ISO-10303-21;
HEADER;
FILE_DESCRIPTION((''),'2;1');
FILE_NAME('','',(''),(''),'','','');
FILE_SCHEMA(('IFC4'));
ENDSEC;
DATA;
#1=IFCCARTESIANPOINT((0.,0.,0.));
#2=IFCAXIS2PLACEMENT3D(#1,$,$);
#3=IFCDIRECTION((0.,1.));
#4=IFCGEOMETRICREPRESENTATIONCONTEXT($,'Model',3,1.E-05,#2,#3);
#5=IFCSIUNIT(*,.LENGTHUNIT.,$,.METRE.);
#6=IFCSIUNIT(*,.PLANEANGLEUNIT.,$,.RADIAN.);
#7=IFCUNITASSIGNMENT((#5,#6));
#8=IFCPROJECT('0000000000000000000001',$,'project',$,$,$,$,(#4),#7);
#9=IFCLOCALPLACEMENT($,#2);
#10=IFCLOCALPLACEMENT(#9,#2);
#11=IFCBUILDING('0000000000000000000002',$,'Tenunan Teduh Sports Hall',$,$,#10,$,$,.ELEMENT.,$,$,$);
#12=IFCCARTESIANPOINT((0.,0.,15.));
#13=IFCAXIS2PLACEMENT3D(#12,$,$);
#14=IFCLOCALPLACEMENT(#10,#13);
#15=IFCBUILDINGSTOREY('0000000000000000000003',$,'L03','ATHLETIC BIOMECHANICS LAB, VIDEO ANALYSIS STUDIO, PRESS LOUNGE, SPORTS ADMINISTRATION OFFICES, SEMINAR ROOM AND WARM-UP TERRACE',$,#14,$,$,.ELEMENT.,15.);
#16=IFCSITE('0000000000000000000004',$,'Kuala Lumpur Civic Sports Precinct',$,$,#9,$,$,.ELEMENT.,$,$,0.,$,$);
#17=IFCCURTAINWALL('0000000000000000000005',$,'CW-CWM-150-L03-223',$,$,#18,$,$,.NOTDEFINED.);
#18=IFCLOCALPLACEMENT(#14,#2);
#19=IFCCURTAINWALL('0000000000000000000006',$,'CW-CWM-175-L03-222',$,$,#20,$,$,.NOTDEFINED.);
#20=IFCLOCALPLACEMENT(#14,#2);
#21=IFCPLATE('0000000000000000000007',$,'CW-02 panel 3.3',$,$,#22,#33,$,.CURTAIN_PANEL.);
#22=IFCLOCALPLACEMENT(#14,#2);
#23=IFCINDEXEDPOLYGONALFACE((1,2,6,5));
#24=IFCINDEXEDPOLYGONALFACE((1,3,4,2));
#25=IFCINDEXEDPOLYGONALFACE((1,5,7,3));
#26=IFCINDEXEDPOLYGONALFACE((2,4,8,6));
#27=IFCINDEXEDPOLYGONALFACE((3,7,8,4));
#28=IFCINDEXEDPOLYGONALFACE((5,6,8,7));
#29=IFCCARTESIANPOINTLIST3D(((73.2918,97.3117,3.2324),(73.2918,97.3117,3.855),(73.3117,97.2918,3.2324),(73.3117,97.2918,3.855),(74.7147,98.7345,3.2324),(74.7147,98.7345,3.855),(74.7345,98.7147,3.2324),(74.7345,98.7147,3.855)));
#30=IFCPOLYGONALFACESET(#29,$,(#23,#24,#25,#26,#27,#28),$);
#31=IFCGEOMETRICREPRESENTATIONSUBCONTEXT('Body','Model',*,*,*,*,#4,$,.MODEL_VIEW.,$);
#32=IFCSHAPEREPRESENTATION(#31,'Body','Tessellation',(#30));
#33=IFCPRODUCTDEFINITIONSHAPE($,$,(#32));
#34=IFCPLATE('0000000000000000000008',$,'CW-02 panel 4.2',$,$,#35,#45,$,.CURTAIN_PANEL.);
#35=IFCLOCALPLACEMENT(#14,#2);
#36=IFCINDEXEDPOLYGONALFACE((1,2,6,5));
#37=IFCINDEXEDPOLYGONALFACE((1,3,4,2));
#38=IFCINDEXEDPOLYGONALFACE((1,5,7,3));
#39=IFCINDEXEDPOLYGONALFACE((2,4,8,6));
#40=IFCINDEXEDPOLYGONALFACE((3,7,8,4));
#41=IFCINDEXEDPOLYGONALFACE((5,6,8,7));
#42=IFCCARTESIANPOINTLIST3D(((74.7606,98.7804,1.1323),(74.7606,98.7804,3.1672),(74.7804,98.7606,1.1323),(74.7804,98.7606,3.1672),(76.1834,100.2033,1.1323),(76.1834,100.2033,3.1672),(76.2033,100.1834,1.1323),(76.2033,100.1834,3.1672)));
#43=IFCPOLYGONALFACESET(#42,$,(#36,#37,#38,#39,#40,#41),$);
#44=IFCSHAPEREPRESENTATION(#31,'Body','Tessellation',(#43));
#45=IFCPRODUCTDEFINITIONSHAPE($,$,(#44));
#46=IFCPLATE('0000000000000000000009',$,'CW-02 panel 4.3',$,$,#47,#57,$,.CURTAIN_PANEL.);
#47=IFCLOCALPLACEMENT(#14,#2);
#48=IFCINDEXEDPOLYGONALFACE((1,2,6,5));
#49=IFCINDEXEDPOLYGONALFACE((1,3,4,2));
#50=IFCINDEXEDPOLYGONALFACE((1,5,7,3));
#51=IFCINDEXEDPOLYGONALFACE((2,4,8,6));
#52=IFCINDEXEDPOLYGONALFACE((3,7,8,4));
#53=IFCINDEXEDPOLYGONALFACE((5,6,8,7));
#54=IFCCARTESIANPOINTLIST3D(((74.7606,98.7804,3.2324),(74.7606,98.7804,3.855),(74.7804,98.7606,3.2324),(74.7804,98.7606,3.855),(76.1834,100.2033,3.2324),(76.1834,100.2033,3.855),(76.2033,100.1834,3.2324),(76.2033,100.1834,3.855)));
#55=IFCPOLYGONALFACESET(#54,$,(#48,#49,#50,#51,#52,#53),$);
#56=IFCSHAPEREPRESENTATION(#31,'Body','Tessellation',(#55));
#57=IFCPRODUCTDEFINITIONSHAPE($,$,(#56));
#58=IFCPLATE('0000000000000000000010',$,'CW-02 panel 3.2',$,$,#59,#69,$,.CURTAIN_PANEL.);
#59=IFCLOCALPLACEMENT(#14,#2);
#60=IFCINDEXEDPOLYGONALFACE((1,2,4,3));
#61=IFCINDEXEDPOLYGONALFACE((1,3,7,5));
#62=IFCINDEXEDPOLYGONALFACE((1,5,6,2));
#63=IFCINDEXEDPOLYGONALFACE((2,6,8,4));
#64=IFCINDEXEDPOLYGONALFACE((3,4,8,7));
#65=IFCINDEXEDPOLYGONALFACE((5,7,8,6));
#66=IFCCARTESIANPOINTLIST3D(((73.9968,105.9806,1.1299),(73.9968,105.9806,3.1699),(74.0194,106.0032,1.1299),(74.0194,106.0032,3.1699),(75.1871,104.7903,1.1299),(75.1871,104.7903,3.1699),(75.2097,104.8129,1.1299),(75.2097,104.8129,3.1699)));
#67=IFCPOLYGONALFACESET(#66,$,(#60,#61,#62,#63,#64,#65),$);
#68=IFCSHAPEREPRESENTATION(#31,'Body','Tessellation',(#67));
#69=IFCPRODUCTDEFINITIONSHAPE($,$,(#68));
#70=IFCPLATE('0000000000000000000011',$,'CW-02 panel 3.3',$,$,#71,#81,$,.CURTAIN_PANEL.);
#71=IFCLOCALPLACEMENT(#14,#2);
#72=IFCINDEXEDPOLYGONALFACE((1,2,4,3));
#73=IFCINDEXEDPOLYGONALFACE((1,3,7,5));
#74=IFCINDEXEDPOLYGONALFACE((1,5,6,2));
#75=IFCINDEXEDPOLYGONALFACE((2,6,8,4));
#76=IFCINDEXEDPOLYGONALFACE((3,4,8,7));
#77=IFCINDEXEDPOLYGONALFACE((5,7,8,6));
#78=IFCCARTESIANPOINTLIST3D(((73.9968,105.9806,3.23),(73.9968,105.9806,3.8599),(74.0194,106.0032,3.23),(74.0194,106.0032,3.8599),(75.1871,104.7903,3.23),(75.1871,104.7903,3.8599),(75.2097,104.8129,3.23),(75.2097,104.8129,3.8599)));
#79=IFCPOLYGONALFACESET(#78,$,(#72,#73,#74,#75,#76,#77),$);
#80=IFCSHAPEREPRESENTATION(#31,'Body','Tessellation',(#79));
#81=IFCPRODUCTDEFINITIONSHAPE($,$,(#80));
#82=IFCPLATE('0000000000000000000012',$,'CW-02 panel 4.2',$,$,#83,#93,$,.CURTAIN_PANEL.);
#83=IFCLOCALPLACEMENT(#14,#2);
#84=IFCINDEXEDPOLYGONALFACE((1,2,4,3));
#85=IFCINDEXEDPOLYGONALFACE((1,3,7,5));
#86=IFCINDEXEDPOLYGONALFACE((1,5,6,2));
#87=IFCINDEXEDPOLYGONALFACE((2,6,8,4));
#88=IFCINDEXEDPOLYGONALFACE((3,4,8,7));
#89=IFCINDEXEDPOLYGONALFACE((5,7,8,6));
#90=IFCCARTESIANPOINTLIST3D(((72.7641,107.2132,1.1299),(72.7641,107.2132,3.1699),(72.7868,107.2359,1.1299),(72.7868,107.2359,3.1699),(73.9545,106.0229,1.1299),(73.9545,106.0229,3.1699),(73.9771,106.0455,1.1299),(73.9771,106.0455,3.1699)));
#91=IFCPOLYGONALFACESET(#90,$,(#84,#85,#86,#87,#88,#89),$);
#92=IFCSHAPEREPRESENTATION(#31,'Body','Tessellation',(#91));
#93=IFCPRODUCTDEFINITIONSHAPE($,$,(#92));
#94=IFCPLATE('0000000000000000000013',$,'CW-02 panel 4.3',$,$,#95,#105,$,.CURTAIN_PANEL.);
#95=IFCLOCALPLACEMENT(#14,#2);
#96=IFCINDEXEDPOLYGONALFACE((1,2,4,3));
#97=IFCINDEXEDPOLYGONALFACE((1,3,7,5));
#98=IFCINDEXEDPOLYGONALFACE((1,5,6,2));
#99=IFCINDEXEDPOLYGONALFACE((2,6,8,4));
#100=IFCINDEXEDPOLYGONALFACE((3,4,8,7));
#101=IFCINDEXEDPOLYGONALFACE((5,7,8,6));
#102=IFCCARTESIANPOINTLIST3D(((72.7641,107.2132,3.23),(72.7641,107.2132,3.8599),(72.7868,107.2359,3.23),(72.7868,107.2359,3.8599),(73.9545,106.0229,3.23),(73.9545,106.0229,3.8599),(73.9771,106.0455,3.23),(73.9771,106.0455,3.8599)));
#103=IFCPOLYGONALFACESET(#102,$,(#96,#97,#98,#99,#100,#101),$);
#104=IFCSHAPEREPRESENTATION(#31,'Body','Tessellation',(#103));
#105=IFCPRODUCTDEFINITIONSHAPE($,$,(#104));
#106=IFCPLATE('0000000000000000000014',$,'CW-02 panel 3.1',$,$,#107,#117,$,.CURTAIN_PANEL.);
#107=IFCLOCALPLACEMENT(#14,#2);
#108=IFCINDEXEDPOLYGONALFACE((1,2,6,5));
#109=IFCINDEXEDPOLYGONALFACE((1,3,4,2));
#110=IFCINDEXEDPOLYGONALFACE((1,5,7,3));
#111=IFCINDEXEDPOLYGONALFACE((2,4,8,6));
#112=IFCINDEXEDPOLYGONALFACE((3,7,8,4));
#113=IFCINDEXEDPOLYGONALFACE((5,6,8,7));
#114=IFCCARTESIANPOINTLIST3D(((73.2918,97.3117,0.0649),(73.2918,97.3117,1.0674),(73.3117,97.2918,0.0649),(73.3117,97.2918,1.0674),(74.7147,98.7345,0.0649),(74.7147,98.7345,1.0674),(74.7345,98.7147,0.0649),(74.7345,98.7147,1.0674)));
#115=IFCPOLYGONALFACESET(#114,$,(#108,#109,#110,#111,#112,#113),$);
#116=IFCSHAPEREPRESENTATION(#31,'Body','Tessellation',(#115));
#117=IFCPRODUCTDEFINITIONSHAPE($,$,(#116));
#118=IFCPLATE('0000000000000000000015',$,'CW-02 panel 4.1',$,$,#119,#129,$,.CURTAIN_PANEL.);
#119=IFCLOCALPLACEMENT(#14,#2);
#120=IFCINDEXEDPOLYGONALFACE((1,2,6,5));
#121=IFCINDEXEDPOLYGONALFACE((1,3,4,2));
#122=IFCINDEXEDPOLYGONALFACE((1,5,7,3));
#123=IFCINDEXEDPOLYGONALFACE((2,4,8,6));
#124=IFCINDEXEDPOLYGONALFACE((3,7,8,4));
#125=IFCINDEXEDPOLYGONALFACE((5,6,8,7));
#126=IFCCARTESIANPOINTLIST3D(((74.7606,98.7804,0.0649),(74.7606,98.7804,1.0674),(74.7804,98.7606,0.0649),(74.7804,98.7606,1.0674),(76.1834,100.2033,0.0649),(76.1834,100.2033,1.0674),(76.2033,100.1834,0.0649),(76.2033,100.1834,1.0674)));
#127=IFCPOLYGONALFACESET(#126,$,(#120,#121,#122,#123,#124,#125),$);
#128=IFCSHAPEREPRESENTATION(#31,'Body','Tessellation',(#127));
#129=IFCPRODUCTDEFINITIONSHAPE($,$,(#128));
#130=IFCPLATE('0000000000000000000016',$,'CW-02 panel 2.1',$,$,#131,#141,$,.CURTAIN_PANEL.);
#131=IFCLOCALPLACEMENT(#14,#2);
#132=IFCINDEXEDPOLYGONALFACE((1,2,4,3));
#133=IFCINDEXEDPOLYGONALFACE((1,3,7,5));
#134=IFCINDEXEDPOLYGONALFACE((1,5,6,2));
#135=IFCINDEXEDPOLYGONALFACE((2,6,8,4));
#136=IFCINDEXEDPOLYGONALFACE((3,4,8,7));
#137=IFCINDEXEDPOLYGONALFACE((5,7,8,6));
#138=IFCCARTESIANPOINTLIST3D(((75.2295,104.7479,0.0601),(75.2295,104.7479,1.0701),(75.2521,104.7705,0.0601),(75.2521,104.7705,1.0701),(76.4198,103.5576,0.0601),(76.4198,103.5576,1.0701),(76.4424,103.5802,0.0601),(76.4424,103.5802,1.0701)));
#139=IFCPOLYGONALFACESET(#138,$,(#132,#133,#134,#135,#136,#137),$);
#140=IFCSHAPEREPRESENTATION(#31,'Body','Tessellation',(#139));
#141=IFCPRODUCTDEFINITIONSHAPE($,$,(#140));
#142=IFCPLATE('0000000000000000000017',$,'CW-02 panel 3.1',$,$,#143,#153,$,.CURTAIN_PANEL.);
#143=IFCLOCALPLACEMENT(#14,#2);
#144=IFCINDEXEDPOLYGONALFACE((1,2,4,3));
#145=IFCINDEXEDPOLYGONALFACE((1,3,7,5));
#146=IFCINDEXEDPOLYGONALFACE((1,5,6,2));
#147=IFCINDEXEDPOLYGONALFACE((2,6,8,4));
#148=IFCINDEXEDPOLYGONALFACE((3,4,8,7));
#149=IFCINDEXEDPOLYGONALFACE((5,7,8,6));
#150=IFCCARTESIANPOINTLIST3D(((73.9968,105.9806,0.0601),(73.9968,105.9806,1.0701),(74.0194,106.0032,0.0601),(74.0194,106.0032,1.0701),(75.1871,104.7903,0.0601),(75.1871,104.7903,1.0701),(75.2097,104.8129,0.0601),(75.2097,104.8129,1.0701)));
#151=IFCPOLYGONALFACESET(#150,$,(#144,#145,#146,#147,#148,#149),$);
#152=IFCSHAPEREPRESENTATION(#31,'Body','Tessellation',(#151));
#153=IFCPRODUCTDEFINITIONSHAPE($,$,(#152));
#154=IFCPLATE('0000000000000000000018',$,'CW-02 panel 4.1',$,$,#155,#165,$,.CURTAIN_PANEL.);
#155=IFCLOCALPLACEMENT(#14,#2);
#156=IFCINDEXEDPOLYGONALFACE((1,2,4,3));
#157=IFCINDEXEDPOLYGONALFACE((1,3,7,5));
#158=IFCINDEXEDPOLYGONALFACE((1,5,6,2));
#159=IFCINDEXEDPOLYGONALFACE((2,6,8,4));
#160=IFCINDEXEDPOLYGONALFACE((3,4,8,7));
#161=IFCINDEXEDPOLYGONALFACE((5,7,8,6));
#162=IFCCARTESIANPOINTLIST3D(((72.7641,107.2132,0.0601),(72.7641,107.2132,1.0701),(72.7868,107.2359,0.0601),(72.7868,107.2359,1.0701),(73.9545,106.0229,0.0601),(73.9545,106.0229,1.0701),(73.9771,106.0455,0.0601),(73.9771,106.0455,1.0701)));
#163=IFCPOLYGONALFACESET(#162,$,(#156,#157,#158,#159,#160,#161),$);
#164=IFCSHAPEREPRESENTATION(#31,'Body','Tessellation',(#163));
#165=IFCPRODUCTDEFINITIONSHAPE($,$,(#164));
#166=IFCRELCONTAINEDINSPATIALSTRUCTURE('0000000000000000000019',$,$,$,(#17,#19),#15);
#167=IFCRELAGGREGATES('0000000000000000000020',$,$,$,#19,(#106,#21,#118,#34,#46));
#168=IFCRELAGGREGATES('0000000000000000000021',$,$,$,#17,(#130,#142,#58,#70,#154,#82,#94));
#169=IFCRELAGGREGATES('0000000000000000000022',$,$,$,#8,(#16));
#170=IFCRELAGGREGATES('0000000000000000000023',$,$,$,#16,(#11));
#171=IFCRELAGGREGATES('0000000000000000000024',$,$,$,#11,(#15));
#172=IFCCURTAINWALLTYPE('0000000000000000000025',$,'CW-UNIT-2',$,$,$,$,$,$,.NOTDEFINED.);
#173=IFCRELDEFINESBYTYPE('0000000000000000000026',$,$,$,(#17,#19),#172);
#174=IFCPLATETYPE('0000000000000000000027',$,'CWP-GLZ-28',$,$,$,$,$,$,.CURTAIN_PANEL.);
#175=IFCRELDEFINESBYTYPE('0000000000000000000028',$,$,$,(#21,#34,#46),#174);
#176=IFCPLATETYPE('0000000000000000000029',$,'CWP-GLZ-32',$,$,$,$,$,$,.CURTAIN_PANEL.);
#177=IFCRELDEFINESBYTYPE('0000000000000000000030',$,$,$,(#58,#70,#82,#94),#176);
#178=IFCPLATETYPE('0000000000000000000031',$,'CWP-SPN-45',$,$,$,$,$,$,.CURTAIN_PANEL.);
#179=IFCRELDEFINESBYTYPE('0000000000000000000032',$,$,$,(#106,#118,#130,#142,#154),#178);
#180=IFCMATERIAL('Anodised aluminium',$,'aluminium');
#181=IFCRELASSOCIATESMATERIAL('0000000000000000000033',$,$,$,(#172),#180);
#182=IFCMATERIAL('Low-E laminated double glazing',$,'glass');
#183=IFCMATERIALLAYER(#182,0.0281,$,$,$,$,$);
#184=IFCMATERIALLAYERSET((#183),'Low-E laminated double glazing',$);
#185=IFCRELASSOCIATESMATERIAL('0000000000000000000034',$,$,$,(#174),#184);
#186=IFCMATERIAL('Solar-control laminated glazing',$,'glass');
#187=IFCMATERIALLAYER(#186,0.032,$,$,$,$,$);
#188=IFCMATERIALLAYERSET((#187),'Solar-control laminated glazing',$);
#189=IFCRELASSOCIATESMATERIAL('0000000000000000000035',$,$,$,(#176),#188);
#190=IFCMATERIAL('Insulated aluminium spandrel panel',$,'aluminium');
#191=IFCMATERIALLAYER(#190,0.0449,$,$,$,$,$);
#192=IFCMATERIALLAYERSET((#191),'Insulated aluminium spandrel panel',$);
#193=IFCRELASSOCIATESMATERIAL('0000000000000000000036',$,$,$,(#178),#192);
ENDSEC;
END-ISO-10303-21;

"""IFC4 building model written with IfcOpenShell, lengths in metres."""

from ifc_helpers import new_model, si_unit, direction, frame, origin, origin_2d, place, context, subcontext, project, spatial, rectangle, extrude, material, layer, layer_set, type_object, element, aggregate, save


model = new_model("IFC4")

# Units and contexts
model_context = context("Model", 3, precision=1e-05, world=origin(), true_north=direction((0.0, 1.0)))
body_context = subcontext(model_context, "Body", "Model", "MODEL_VIEW")
ifc_project = project(units=[si_unit("LENGTHUNIT", "METRE"), si_unit("PLANEANGLEUNIT", "RADIAN")], contexts=[model_context])

# Site, building, storey
site_placement = place(None, origin())
site = spatial("IfcSite", under=ifc_project, at=site_placement, Name="Kuala Lumpur Civic Sports Precinct", CompositionType="ELEMENT", RefElevation=0.0)
building_placement = place(site_placement, origin())
building = spatial("IfcBuilding", under=site, at=building_placement, Name="Tenunan Teduh Sports Hall", CompositionType="ELEMENT")
storey_placement = place(building_placement, frame((0.0, 0.0, 15.0)))
storey = spatial("IfcBuildingStorey", under=building, at=storey_placement, Name="L03", Description="ATHLETIC BIOMECHANICS LAB, VIDEO ANALYSIS STUDIO, PRESS LOUNGE, SPORTS ADMINISTRATION OFFICES, SEMINAR ROOM AND WARM-UP TERRACE", CompositionType="ELEMENT", Elevation=15.0)

# Curtain walls
ifc_material_1 = material(Name="Anodised aluminium", Category="aluminium")
curtain_wall_type = type_object("IfcCurtainWallType", Name="CW-UNIT-2", PredefinedType="NOTDEFINED", material=ifc_material_1)
curtain_wall_1_placement = place(storey_placement, origin())
curtain_wall_1 = element("IfcCurtainWall", 1, at=curtain_wall_1_placement, inside=storey, type_object=curtain_wall_type, Name="CW-CWM-150-L03-223", PredefinedType="NOTDEFINED")
curtain_wall_2_placement = place(storey_placement, origin())
curtain_wall_2 = element("IfcCurtainWall", 2, at=curtain_wall_2_placement, inside=storey, type_object=curtain_wall_type, Name="CW-CWM-175-L03-222", PredefinedType="NOTDEFINED")

# Plates
ifc_material_2 = material(Name="Low-E laminated double glazing", Category="glass")
ifc_layer_1 = layer(ifc_material_2, 0.0281)
ifc_layer_set_1 = layer_set([ifc_layer_1], Name="Low-E laminated double glazing")
plate_type_1 = type_object("IfcPlateType", Name="CWP-GLZ-28", PredefinedType="CURTAIN_PANEL", material=ifc_layer_set_1)
plate_1_placement = place(storey_placement, frame((74.0132, 98.0132, 3.2324), z_axis=(0.0, 0.0, 1.0), x_axis=(0.707107, 0.707107, 0.0)))
plate_1 = element("IfcPlate", 3, at=plate_1_placement, type_object=plate_type_1, Name="CW-02 panel 3.3", PredefinedType="CURTAIN_PANEL", context=body_context, shape_type="SweptSolid", body=[
    extrude(rectangle(XDim=2.0122, YDim=0.0281, at=origin_2d()), origin(), (0.0, 0.0, 1.0), 0.6226),
])
plate_2_placement = place(storey_placement, frame((75.4819, 99.4819, 1.1323), z_axis=(0.0, 0.0, 1.0), x_axis=(0.707107, 0.707107, 0.0)))
plate_2 = element("IfcPlate", 4, at=plate_2_placement, type_object=plate_type_1, Name="CW-02 panel 4.2", PredefinedType="CURTAIN_PANEL", context=body_context, shape_type="SweptSolid", body=[
    extrude(rectangle(XDim=2.0122, YDim=0.0281, at=origin_2d()), origin(), (0.0, 0.0, 1.0), 2.0349),
])
plate_3_placement = place(storey_placement, frame((75.4819, 99.4819, 3.2324), z_axis=(0.0, 0.0, 1.0), x_axis=(0.707107, 0.707107, 0.0)))
plate_3 = element("IfcPlate", 5, at=plate_3_placement, type_object=plate_type_1, Name="CW-02 panel 4.3", PredefinedType="CURTAIN_PANEL", context=body_context, shape_type="SweptSolid", body=[
    extrude(rectangle(XDim=2.0122, YDim=0.0281, at=origin_2d()), origin(), (0.0, 0.0, 1.0), 0.6226),
])
ifc_material_3 = material(Name="Solar-control laminated glazing", Category="glass")
ifc_layer_2 = layer(ifc_material_3, 0.032)
ifc_layer_set_2 = layer_set([ifc_layer_2], Name="Solar-control laminated glazing")
plate_type_2 = type_object("IfcPlateType", Name="CWP-GLZ-32", PredefinedType="CURTAIN_PANEL", material=ifc_layer_set_2)
plate_4_placement = place(storey_placement, frame((74.6033, 105.3967, 1.1299), z_axis=(0.0, 0.0, 1.0), x_axis=(-0.707107, 0.707107, 0.0)))
plate_4 = element("IfcPlate", 6, at=plate_4_placement, type_object=plate_type_2, Name="CW-02 panel 3.2", PredefinedType="CURTAIN_PANEL", context=body_context, shape_type="SweptSolid", body=[
    extrude(rectangle(XDim=1.6833, YDim=0.032, at=origin_2d()), origin(), (0.0, 0.0, 1.0), 2.04),
])
plate_5_placement = place(storey_placement, frame((74.6033, 105.3967, 3.23), z_axis=(0.0, 0.0, 1.0), x_axis=(-0.707107, 0.707107, 0.0)))
plate_5 = element("IfcPlate", 7, at=plate_5_placement, type_object=plate_type_2, Name="CW-02 panel 3.3", PredefinedType="CURTAIN_PANEL", context=body_context, shape_type="SweptSolid", body=[
    extrude(rectangle(XDim=1.6833, YDim=0.032, at=origin_2d()), origin(), (0.0, 0.0, 1.0), 0.6299),
])
plate_6_placement = place(storey_placement, frame((73.3706, 106.6294, 1.1299), z_axis=(0.0, 0.0, 1.0), x_axis=(-0.707107, 0.707107, 0.0)))
plate_6 = element("IfcPlate", 8, at=plate_6_placement, type_object=plate_type_2, Name="CW-02 panel 4.2", PredefinedType="CURTAIN_PANEL", context=body_context, shape_type="SweptSolid", body=[
    extrude(rectangle(XDim=1.6833, YDim=0.032, at=origin_2d()), origin(), (0.0, 0.0, 1.0), 2.04),
])
plate_7_placement = place(storey_placement, frame((73.3706, 106.6294, 3.23), z_axis=(0.0, 0.0, 1.0), x_axis=(-0.707107, 0.707107, 0.0)))
plate_7 = element("IfcPlate", 9, at=plate_7_placement, type_object=plate_type_2, Name="CW-02 panel 4.3", PredefinedType="CURTAIN_PANEL", context=body_context, shape_type="SweptSolid", body=[
    extrude(rectangle(XDim=1.6833, YDim=0.032, at=origin_2d()), origin(), (0.0, 0.0, 1.0), 0.6299),
])
ifc_material_4 = material(Name="Insulated aluminium spandrel panel", Category="aluminium")
ifc_layer_3 = layer(ifc_material_4, 0.0449)
ifc_layer_set_3 = layer_set([ifc_layer_3], Name="Insulated aluminium spandrel panel")
plate_type_3 = type_object("IfcPlateType", Name="CWP-SPN-45", PredefinedType="CURTAIN_PANEL", material=ifc_layer_set_3)
plate_8_placement = place(storey_placement, frame((74.0132, 98.0132, 0.0649), z_axis=(0.0, 0.0, 1.0), x_axis=(0.707107, 0.707107, 0.0)))
plate_8 = element("IfcPlate", 10, at=plate_8_placement, type_object=plate_type_3, Name="CW-02 panel 3.1", PredefinedType="CURTAIN_PANEL", context=body_context, shape_type="SweptSolid", body=[
    extrude(rectangle(XDim=2.0122, YDim=0.0281, at=origin_2d()), origin(), (0.0, 0.0, 1.0), 1.0024),
])
plate_9_placement = place(storey_placement, frame((75.4819, 99.4819, 0.0649), z_axis=(0.0, 0.0, 1.0), x_axis=(0.707107, 0.707107, 0.0)))
plate_9 = element("IfcPlate", 11, at=plate_9_placement, type_object=plate_type_3, Name="CW-02 panel 4.1", PredefinedType="CURTAIN_PANEL", context=body_context, shape_type="SweptSolid", body=[
    extrude(rectangle(XDim=2.0122, YDim=0.0281, at=origin_2d()), origin(), (0.0, 0.0, 1.0), 1.0024),
])
aggregate(curtain_wall_2, [plate_8, plate_1, plate_9, plate_2, plate_3])
plate_10_placement = place(storey_placement, frame((75.8359, 104.1641, 0.0601), z_axis=(0.0, 0.0, 1.0), x_axis=(-0.707107, 0.707107, 0.0)))
plate_10 = element("IfcPlate", 12, at=plate_10_placement, type_object=plate_type_3, Name="CW-02 panel 2.1", PredefinedType="CURTAIN_PANEL", context=body_context, shape_type="SweptSolid", body=[
    extrude(rectangle(XDim=1.6833, YDim=0.032, at=origin_2d()), origin(), (0.0, 0.0, 1.0), 1.01),
])
plate_11_placement = place(storey_placement, frame((74.6033, 105.3967, 0.0601), z_axis=(0.0, 0.0, 1.0), x_axis=(-0.707107, 0.707107, 0.0)))
plate_11 = element("IfcPlate", 13, at=plate_11_placement, type_object=plate_type_3, Name="CW-02 panel 3.1", PredefinedType="CURTAIN_PANEL", context=body_context, shape_type="SweptSolid", body=[
    extrude(rectangle(XDim=1.6833, YDim=0.032, at=origin_2d()), origin(), (0.0, 0.0, 1.0), 1.01),
])
plate_12_placement = place(storey_placement, frame((73.3706, 106.6294, 0.0601), z_axis=(0.0, 0.0, 1.0), x_axis=(-0.707107, 0.707107, 0.0)))
plate_12 = element("IfcPlate", 14, at=plate_12_placement, type_object=plate_type_3, Name="CW-02 panel 4.1", PredefinedType="CURTAIN_PANEL", context=body_context, shape_type="SweptSolid", body=[
    extrude(rectangle(XDim=1.6833, YDim=0.032, at=origin_2d()), origin(), (0.0, 0.0, 1.0), 1.01),
])
aggregate(curtain_wall_1, [plate_10, plate_11, plate_4, plate_5, plate_12, plate_6, plate_7])

save(model, "model.ifc")
